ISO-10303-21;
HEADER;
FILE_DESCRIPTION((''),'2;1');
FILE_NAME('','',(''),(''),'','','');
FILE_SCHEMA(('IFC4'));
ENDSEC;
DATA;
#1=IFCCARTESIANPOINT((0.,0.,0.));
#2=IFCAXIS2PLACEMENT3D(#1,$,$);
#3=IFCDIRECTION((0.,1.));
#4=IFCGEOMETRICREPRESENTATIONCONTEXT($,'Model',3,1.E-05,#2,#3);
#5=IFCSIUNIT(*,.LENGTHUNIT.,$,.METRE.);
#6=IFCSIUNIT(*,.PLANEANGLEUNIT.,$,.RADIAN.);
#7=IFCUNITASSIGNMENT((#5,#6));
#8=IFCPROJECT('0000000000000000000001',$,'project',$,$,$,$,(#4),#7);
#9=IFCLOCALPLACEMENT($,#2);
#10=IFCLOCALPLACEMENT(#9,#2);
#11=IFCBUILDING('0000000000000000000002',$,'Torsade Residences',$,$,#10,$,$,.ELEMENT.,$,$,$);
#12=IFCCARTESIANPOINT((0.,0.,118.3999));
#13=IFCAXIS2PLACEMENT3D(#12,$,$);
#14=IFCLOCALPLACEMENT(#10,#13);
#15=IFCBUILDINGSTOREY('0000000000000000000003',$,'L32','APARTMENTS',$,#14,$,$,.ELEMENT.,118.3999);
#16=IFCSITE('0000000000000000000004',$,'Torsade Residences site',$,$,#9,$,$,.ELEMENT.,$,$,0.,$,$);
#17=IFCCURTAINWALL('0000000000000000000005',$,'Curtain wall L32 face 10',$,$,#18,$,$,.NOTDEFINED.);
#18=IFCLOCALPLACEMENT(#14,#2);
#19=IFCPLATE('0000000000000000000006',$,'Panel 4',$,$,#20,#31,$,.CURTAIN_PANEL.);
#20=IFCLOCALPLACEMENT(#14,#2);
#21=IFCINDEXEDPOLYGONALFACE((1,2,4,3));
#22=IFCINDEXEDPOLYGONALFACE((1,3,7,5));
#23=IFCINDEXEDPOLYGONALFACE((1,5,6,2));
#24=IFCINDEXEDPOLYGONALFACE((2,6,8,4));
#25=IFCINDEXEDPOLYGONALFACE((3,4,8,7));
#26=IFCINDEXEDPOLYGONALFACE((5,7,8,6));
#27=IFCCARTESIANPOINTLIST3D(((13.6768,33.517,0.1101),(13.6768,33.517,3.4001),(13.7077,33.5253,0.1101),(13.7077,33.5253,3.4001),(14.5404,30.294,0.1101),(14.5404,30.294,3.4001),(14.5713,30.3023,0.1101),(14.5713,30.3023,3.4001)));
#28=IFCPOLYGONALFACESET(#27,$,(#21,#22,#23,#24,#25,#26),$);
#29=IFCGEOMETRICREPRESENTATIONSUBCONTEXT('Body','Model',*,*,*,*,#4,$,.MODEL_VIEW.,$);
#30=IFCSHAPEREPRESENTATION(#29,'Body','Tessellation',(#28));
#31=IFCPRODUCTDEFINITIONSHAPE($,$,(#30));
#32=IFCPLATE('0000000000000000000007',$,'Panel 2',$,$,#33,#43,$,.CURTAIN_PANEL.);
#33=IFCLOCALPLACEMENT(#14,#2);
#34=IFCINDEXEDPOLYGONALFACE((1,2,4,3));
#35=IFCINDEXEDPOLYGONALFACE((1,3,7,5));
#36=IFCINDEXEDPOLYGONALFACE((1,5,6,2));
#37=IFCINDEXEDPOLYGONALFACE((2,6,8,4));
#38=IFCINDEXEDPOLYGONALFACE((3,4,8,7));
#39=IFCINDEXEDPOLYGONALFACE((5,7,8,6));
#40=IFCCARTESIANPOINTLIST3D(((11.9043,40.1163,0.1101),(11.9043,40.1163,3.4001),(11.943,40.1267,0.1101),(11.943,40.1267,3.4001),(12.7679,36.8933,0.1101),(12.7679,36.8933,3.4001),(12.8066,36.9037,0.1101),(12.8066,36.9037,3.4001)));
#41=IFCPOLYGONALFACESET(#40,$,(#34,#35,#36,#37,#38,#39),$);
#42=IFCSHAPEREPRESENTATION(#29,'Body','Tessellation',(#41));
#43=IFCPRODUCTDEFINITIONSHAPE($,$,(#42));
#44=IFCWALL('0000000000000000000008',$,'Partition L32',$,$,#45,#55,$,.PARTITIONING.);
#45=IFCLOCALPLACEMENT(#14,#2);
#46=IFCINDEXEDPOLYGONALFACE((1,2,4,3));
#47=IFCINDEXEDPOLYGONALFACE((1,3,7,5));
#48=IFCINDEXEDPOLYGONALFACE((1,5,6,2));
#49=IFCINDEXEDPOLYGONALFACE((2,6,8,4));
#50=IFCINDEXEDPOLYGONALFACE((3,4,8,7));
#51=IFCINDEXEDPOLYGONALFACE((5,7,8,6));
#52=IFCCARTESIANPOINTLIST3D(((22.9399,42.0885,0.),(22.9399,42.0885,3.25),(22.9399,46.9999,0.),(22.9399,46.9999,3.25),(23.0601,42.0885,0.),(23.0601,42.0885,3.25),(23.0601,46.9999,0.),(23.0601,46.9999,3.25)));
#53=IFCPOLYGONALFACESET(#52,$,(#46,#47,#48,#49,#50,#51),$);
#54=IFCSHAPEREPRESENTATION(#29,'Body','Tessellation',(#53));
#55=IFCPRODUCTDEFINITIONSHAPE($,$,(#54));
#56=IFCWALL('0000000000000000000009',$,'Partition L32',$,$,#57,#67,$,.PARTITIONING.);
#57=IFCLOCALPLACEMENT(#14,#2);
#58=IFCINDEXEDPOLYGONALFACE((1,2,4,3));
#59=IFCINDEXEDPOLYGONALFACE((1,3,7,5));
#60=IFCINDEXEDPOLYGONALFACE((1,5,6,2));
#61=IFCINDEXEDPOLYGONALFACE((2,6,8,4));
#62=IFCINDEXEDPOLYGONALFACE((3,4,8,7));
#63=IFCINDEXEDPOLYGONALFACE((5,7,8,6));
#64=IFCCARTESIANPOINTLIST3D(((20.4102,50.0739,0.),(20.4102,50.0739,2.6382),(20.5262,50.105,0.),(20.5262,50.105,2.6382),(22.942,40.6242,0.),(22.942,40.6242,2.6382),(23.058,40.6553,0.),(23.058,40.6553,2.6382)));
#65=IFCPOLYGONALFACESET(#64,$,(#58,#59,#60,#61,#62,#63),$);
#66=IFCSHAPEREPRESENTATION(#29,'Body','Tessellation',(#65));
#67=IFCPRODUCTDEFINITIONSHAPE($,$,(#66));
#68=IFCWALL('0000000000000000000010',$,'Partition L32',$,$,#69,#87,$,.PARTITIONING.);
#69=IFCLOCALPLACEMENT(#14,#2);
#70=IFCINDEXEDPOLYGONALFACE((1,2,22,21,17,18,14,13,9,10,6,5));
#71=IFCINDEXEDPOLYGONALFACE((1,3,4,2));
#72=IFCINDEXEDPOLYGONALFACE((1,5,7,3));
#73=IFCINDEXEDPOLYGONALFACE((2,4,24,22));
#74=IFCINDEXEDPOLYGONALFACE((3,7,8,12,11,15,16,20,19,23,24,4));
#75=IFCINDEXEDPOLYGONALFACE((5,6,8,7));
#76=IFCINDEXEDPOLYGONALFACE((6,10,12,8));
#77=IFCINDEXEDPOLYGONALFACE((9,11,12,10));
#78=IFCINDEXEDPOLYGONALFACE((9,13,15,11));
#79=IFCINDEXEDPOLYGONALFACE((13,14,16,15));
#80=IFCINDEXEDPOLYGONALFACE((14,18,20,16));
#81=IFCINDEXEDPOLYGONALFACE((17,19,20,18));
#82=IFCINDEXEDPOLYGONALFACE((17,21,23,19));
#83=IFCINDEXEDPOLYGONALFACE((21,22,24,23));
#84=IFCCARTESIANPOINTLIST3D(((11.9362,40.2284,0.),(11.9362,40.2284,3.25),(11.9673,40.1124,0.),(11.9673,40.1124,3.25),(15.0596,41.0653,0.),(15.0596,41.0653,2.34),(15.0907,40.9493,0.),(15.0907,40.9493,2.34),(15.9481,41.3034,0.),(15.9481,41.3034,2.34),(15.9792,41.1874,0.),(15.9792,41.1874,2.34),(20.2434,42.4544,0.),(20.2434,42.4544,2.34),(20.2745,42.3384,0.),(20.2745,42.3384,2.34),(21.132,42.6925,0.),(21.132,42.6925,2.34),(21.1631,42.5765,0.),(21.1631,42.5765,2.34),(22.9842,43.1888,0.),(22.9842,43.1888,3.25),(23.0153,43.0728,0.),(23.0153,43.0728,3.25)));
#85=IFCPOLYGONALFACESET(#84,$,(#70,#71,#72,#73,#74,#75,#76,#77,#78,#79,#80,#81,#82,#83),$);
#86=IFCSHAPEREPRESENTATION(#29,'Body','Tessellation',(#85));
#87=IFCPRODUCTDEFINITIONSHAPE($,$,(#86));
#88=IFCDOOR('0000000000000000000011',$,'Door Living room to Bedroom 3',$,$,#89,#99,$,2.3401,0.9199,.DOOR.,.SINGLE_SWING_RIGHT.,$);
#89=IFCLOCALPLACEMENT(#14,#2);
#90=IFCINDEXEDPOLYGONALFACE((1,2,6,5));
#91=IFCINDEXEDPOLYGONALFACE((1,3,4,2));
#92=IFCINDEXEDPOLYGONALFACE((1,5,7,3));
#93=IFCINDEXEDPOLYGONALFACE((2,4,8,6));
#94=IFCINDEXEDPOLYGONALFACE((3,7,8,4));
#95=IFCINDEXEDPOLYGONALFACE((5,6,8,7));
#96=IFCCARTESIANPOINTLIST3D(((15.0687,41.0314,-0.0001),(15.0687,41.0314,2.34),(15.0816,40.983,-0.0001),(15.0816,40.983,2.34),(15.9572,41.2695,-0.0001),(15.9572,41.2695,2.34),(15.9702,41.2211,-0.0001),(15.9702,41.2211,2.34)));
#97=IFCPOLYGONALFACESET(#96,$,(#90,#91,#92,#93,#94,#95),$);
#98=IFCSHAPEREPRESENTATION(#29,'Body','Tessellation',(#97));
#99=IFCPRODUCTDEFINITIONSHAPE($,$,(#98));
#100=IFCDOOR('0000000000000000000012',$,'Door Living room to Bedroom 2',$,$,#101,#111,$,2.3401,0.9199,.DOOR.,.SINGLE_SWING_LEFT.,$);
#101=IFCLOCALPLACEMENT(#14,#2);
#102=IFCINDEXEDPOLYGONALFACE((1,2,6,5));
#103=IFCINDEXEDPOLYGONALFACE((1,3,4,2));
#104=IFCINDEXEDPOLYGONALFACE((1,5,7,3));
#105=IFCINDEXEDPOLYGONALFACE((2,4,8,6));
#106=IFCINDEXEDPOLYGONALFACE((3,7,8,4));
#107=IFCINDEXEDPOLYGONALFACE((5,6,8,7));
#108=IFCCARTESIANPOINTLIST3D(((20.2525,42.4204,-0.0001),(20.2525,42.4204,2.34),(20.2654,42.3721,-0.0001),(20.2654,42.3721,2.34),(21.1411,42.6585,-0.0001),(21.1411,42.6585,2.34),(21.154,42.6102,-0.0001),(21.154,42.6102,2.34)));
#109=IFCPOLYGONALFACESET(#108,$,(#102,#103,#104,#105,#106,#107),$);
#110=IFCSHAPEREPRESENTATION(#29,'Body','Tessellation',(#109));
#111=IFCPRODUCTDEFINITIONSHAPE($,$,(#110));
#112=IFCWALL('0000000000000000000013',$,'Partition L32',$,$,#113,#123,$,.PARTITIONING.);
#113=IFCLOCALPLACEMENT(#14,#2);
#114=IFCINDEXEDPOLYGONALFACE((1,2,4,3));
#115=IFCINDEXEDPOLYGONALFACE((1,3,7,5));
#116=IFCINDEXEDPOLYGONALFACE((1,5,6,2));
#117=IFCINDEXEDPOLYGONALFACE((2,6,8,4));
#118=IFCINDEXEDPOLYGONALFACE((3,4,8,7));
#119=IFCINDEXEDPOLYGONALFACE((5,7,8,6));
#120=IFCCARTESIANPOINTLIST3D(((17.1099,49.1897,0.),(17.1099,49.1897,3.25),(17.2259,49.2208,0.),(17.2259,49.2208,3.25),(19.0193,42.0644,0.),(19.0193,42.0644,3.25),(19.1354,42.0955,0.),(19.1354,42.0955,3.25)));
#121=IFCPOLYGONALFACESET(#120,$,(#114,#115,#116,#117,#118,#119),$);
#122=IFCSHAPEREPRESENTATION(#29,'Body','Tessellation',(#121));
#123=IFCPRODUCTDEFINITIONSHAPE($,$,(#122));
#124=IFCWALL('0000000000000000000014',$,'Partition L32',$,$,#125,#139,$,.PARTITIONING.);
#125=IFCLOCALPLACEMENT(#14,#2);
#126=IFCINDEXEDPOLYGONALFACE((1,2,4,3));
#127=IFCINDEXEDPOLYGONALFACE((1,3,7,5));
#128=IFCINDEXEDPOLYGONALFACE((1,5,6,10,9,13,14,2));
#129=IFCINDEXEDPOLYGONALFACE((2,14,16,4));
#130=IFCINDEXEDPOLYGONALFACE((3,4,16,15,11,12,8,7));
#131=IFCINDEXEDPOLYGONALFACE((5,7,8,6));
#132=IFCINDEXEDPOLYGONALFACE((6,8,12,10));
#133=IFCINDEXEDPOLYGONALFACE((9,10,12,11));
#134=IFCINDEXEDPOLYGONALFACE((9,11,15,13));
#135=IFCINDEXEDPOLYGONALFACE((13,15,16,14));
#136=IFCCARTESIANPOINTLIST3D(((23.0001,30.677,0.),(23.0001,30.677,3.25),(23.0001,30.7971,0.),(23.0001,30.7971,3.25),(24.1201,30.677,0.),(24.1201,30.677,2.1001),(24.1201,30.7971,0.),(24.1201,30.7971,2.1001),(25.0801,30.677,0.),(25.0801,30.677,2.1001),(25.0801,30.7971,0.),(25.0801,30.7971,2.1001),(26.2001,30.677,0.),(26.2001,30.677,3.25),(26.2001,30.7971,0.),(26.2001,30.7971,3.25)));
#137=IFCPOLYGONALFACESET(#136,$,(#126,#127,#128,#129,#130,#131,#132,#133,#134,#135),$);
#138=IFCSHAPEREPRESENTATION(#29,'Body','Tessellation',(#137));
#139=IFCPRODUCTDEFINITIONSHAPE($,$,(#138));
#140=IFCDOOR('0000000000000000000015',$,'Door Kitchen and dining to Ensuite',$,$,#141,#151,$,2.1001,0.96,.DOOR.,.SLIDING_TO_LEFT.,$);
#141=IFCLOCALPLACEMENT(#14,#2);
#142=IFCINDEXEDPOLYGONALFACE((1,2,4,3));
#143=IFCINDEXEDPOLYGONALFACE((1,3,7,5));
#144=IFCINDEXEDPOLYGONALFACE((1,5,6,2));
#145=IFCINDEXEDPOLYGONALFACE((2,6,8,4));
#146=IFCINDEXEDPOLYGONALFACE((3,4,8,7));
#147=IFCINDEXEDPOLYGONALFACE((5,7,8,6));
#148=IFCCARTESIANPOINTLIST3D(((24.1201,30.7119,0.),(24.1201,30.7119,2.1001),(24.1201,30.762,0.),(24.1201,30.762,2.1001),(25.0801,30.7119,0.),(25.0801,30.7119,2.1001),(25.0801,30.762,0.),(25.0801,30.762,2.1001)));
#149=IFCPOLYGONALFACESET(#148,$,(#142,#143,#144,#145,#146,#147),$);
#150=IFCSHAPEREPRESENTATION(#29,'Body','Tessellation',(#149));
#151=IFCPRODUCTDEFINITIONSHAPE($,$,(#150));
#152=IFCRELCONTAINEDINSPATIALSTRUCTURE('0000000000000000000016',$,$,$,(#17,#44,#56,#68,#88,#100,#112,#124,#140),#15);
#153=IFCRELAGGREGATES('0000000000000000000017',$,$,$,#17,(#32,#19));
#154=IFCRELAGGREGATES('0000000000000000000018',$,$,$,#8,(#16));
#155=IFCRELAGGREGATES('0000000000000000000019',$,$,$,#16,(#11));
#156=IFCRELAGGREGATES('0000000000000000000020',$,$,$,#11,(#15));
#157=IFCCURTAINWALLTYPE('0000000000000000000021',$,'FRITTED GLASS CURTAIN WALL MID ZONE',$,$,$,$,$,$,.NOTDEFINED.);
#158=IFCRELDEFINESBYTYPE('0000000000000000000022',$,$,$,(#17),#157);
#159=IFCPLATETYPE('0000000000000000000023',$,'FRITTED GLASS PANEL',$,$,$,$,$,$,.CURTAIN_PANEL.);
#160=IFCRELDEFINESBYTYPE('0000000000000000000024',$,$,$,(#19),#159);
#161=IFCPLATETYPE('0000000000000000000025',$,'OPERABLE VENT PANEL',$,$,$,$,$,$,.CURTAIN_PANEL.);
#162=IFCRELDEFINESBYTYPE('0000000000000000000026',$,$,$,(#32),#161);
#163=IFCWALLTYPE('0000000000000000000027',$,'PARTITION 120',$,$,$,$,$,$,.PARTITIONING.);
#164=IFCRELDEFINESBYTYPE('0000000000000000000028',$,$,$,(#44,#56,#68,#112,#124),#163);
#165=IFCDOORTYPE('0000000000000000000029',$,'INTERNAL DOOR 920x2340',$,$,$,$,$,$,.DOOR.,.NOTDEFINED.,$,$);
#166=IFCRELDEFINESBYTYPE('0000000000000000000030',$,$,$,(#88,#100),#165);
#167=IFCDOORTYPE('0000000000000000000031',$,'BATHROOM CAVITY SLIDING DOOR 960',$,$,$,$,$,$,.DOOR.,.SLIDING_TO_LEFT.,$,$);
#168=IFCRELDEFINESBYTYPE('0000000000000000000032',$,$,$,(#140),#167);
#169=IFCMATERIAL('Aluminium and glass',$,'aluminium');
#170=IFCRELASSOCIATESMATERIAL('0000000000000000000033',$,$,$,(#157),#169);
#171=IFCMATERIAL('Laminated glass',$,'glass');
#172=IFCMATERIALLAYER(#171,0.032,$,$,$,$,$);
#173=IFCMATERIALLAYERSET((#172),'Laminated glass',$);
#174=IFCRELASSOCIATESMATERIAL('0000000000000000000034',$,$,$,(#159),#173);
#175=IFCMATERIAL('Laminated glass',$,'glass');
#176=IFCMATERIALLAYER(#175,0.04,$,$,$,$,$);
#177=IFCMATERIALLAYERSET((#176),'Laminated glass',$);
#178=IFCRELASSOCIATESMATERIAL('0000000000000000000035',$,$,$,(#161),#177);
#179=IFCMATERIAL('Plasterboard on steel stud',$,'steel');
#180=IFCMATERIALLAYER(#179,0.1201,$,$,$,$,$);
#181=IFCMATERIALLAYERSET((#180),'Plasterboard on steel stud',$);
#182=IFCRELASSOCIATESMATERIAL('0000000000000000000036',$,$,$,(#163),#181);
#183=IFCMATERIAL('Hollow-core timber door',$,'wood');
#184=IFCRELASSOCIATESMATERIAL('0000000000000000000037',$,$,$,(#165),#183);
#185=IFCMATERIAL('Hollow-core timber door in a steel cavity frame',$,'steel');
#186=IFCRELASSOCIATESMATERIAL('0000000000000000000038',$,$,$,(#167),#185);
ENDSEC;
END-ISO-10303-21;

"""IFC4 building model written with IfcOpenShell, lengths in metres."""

from ifc_helpers import new_model, si_unit, direction, frame, frame_2d, origin, origin_2d, place, context, subcontext, project, spatial, rectangle, extrude, material, layer, layer_set, type_object, element, fill, aggregate, save


model = new_model("IFC4")

# Units and contexts
model_context = context("Model", 3, precision=1e-05, world=origin(), true_north=direction((0.0, 1.0)))
body_context = subcontext(model_context, "Body", "Model", "MODEL_VIEW")
ifc_project = project(units=[si_unit("LENGTHUNIT", "METRE"), si_unit("PLANEANGLEUNIT", "RADIAN")], contexts=[model_context])

# Site, building, storey
site_placement = place(None, origin())
site = spatial("IfcSite", under=ifc_project, at=site_placement, Name="Torsade Residences site", CompositionType="ELEMENT", RefElevation=0.0)
building_placement = place(site_placement, origin())
building = spatial("IfcBuilding", under=site, at=building_placement, Name="Torsade Residences", CompositionType="ELEMENT")
storey_placement = place(building_placement, frame((0.0, 0.0, 118.3999)))
storey = spatial("IfcBuildingStorey", under=building, at=storey_placement, Name="L32", Description="APARTMENTS", CompositionType="ELEMENT", Elevation=118.3999)

# Curtain wall
ifc_material_1 = material(Name="Aluminium and glass", Category="aluminium")
curtain_wall_type = type_object("IfcCurtainWallType", Name="FRITTED GLASS CURTAIN WALL MID ZONE", PredefinedType="NOTDEFINED", material=ifc_material_1)
curtain_wall_placement = place(storey_placement, origin())
curtain_wall = element("IfcCurtainWall", 1, at=curtain_wall_placement, inside=storey, type_object=curtain_wall_type, Name="Curtain wall L32 face 10", PredefinedType="NOTDEFINED")

# Plates
ifc_material_2 = material(Name="Laminated glass", Category="glass")
ifc_layer_1 = layer(ifc_material_2, 0.032)
ifc_layer_set_1 = layer_set([ifc_layer_1], Name="Laminated glass")
plate_type_1 = type_object("IfcPlateType", Name="FRITTED GLASS PANEL", PredefinedType="CURTAIN_PANEL", material=ifc_layer_set_1)
plate_1_placement = place(storey_placement, frame((14.124, 31.9097, 0.1101), z_axis=(0.0, 0.0, 1.0), x_axis=(0.258819, -0.965926, 0.0)))
plate_1 = element("IfcPlate", 2, at=plate_1_placement, type_object=plate_type_1, Name="Panel 4", PredefinedType="CURTAIN_PANEL", context=body_context, shape_type="SweptSolid", body=[
    extrude(rectangle(XDim=3.3367, YDim=0.032, at=origin_2d()), origin(), (0.0, 0.0, 1.0), 3.29),
])
ifc_material_3 = material(Name="Laminated glass", Category="glass")
ifc_layer_2 = layer(ifc_material_3, 0.04)
ifc_layer_set_2 = layer_set([ifc_layer_2], Name="Laminated glass")
plate_type_2 = type_object("IfcPlateType", Name="OPERABLE VENT PANEL", PredefinedType="CURTAIN_PANEL", material=ifc_layer_set_2)
plate_2_placement = place(storey_placement, frame((12.3555, 38.51, 0.1101), z_axis=(0.0, 0.0, 1.0), x_axis=(0.258819, -0.965926, 0.0)))
plate_2 = element("IfcPlate", 3, at=plate_2_placement, type_object=plate_type_2, Name="Panel 2", PredefinedType="CURTAIN_PANEL", context=body_context, shape_type="SweptSolid", body=[
    extrude(rectangle(XDim=3.3367, YDim=0.04, at=origin_2d()), origin(), (0.0, 0.0, 1.0), 3.29),
])
aggregate(curtain_wall, [plate_2, plate_1])

# Walls
ifc_material_4 = material(Name="Plasterboard on steel stud", Category="steel")
ifc_layer_3 = layer(ifc_material_4, 0.1201)
ifc_layer_set_3 = layer_set([ifc_layer_3], Name="Plasterboard on steel stud")
wall_type_1 = type_object("IfcWallType", Name="PARTITION 120", PredefinedType="PARTITIONING", material=ifc_layer_set_3)
wall_1_placement = place(storey_placement, frame((23.0, 42.0886, 0.0), z_axis=(0.0, 0.0, 1.0), x_axis=(0.0, 1.0, 0.0)))
element("IfcWall", 4, at=wall_1_placement, inside=storey, type_object=wall_type_1, Name="Partition L32", PredefinedType="PARTITIONING", context=body_context, shape_type="SweptSolid", body=[
    extrude(rectangle(XDim=4.9114, YDim=0.1201, at=frame_2d((2.4556, 0.0))), origin(), (0.0, 0.0, 1.0), 3.25),
])
wall_2_placement = place(storey_placement, frame((23.0, 40.6396, 0.0), z_axis=(0.0, 0.0, 1.0), x_axis=(-0.25879, 0.965934, 0.0)))
element("IfcWall", 5, at=wall_2_placement, inside=storey, type_object=wall_type_1, Name="Partition L32", PredefinedType="PARTITIONING", context=body_context, shape_type="SweptSolid", body=[
    extrude(rectangle(XDim=9.783, YDim=0.1201, at=frame_2d((4.8916, 0.0))), origin(), (0.0, 0.0, 1.0), 2.6382),
])

# Wall, openings, doors
wall_3_placement = place(storey_placement, frame((11.9519, 40.1704, 0.0), z_axis=(0.0, 0.0, 1.0), x_axis=(0.965923, 0.258829, 0.0)))
wall_3 = element("IfcWall", 6, at=wall_3_placement, inside=storey, type_object=wall_type_1, Name="Partition L32", PredefinedType="PARTITIONING", context=body_context, shape_type="SweptSolid", body=[
    extrude(rectangle(XDim=11.4377, YDim=0.1201, at=frame_2d((5.7188, 0.0))), origin(), (0.0, 0.0, 1.0), 3.25),
])
opening_1_placement = place(wall_3_placement, frame((3.2334, 0.0, 0.0)))
opening_1 = element("IfcOpeningElement", 7, at=opening_1_placement, cuts=wall_3, PredefinedType="OPENING", context=body_context, shape_type="SweptSolid", body=[
    extrude(rectangle(XDim=0.9199, YDim=2.3401, at=frame_2d((0.46, 1.1699))), frame((0.0, 0.0701, 0.0), z_axis=(0.0, -1.0, 0.0), x_axis=(1.0, 0.0, 0.0)), (0.0, 0.0, 1.0), 0.1401),
])
opening_2_placement = place(wall_3_placement, frame((8.6001, 0.0, 0.0)))
opening_2 = element("IfcOpeningElement", 8, at=opening_2_placement, cuts=wall_3, PredefinedType="OPENING", context=body_context, shape_type="SweptSolid", body=[
    extrude(rectangle(XDim=0.9199, YDim=2.3401, at=frame_2d((0.46, 1.1699))), frame((0.0, 0.0701, 0.0), z_axis=(0.0, -1.0, 0.0), x_axis=(1.0, 0.0, 0.0)), (0.0, 0.0, 1.0), 0.1401),
])
ifc_material_5 = material(Name="Hollow-core timber door", Category="wood")
door_type_1 = type_object("IfcDoorType", Name="INTERNAL DOOR 920x2340", OperationType="NOTDEFINED", PredefinedType="DOOR", material=ifc_material_5)
door_1_placement = place(opening_1_placement, origin())
door_1 = element("IfcDoor", 9, at=door_1_placement, inside=storey, type_object=door_type_1, Name="Door Living room to Bedroom 3", OperationType="SINGLE_SWING_RIGHT", OverallHeight=2.3401, OverallWidth=0.9199, PredefinedType="DOOR", context=body_context, shape_type="SweptSolid", body=[
    extrude(rectangle(XDim=0.9199, YDim=2.3401, at=frame_2d((0.46, 1.1699))), frame((0.0, 0.0249, 0.0), z_axis=(0.0, -1.0, 0.0), x_axis=(1.0, 0.0, 0.0)), (0.0, 0.0, 1.0), 0.05),
])
fill(opening_1, door_1)
door_2_placement = place(opening_2_placement, origin())
door_2 = element("IfcDoor", 10, at=door_2_placement, inside=storey, type_object=door_type_1, Name="Door Living room to Bedroom 2", OperationType="SINGLE_SWING_LEFT", OverallHeight=2.3401, OverallWidth=0.9199, PredefinedType="DOOR", context=body_context, shape_type="SweptSolid", body=[
    extrude(rectangle(XDim=0.9199, YDim=2.3401, at=frame_2d((0.46, 1.1699))), frame((0.0, 0.0249, 0.0), z_axis=(0.0, -1.0, 0.0), x_axis=(1.0, 0.0, 0.0)), (0.0, 0.0, 1.0), 0.05),
])
fill(opening_2, door_2)

# Wall
wall_4_placement = place(storey_placement, frame((19.0774, 42.0798, 0.0), z_axis=(0.0, 0.0, 1.0), x_axis=(-0.258847, 0.965918, 0.0)))
element("IfcWall", 11, at=wall_4_placement, inside=storey, type_object=wall_type_1, Name="Partition L32", PredefinedType="PARTITIONING", context=body_context, shape_type="SweptSolid", body=[
    extrude(rectangle(XDim=7.3767, YDim=0.1201, at=frame_2d((3.6885, 0.0))), origin(), (0.0, 0.0, 1.0), 3.25),
])

# Wall, opening, door
wall_5_placement = place(storey_placement, frame((23.0, 30.7371, 0.0), z_axis=(0.0, 0.0, 1.0), x_axis=(1.0, 0.0, 0.0)))
wall_5 = element("IfcWall", 12, at=wall_5_placement, inside=storey, type_object=wall_type_1, Name="Partition L32", PredefinedType="PARTITIONING", context=body_context, shape_type="SweptSolid", body=[
    extrude(rectangle(XDim=3.2, YDim=0.1201, at=frame_2d((1.6001, 0.0))), origin(), (0.0, 0.0, 1.0), 3.25),
])
opening_3_placement = place(wall_5_placement, frame((1.1201, 0.0, 0.0)))
opening_3 = element("IfcOpeningElement", 13, at=opening_3_placement, cuts=wall_5, PredefinedType="OPENING", context=body_context, shape_type="SweptSolid", body=[
    extrude(rectangle(XDim=0.96, YDim=2.1001, at=frame_2d((0.48, 1.05))), frame((0.0, 0.0701, 0.0), z_axis=(0.0, -1.0, 0.0), x_axis=(1.0, 0.0, 0.0)), (0.0, 0.0, 1.0), 0.1401),
])
ifc_material_6 = material(Name="Hollow-core timber door in a steel cavity frame", Category="steel")
door_type_2 = type_object("IfcDoorType", Name="BATHROOM CAVITY SLIDING DOOR 960", OperationType="SLIDING_TO_LEFT", PredefinedType="DOOR", material=ifc_material_6)
door_3_placement = place(opening_3_placement, origin())
door_3 = element("IfcDoor", 14, at=door_3_placement, inside=storey, type_object=door_type_2, Name="Door Kitchen and dining to Ensuite", OperationType="SLIDING_TO_LEFT", OverallHeight=2.1001, OverallWidth=0.96, PredefinedType="DOOR", context=body_context, shape_type="SweptSolid", body=[
    extrude(rectangle(XDim=0.96, YDim=2.1001, at=frame_2d((0.48, 1.05))), frame((0.0, 0.0249, 0.0), z_axis=(0.0, -1.0, 0.0), x_axis=(1.0, 0.0, 0.0)), (0.0, 0.0, 1.0), 0.05),
])
fill(opening_3, door_3)

save(model, "model.ifc")
